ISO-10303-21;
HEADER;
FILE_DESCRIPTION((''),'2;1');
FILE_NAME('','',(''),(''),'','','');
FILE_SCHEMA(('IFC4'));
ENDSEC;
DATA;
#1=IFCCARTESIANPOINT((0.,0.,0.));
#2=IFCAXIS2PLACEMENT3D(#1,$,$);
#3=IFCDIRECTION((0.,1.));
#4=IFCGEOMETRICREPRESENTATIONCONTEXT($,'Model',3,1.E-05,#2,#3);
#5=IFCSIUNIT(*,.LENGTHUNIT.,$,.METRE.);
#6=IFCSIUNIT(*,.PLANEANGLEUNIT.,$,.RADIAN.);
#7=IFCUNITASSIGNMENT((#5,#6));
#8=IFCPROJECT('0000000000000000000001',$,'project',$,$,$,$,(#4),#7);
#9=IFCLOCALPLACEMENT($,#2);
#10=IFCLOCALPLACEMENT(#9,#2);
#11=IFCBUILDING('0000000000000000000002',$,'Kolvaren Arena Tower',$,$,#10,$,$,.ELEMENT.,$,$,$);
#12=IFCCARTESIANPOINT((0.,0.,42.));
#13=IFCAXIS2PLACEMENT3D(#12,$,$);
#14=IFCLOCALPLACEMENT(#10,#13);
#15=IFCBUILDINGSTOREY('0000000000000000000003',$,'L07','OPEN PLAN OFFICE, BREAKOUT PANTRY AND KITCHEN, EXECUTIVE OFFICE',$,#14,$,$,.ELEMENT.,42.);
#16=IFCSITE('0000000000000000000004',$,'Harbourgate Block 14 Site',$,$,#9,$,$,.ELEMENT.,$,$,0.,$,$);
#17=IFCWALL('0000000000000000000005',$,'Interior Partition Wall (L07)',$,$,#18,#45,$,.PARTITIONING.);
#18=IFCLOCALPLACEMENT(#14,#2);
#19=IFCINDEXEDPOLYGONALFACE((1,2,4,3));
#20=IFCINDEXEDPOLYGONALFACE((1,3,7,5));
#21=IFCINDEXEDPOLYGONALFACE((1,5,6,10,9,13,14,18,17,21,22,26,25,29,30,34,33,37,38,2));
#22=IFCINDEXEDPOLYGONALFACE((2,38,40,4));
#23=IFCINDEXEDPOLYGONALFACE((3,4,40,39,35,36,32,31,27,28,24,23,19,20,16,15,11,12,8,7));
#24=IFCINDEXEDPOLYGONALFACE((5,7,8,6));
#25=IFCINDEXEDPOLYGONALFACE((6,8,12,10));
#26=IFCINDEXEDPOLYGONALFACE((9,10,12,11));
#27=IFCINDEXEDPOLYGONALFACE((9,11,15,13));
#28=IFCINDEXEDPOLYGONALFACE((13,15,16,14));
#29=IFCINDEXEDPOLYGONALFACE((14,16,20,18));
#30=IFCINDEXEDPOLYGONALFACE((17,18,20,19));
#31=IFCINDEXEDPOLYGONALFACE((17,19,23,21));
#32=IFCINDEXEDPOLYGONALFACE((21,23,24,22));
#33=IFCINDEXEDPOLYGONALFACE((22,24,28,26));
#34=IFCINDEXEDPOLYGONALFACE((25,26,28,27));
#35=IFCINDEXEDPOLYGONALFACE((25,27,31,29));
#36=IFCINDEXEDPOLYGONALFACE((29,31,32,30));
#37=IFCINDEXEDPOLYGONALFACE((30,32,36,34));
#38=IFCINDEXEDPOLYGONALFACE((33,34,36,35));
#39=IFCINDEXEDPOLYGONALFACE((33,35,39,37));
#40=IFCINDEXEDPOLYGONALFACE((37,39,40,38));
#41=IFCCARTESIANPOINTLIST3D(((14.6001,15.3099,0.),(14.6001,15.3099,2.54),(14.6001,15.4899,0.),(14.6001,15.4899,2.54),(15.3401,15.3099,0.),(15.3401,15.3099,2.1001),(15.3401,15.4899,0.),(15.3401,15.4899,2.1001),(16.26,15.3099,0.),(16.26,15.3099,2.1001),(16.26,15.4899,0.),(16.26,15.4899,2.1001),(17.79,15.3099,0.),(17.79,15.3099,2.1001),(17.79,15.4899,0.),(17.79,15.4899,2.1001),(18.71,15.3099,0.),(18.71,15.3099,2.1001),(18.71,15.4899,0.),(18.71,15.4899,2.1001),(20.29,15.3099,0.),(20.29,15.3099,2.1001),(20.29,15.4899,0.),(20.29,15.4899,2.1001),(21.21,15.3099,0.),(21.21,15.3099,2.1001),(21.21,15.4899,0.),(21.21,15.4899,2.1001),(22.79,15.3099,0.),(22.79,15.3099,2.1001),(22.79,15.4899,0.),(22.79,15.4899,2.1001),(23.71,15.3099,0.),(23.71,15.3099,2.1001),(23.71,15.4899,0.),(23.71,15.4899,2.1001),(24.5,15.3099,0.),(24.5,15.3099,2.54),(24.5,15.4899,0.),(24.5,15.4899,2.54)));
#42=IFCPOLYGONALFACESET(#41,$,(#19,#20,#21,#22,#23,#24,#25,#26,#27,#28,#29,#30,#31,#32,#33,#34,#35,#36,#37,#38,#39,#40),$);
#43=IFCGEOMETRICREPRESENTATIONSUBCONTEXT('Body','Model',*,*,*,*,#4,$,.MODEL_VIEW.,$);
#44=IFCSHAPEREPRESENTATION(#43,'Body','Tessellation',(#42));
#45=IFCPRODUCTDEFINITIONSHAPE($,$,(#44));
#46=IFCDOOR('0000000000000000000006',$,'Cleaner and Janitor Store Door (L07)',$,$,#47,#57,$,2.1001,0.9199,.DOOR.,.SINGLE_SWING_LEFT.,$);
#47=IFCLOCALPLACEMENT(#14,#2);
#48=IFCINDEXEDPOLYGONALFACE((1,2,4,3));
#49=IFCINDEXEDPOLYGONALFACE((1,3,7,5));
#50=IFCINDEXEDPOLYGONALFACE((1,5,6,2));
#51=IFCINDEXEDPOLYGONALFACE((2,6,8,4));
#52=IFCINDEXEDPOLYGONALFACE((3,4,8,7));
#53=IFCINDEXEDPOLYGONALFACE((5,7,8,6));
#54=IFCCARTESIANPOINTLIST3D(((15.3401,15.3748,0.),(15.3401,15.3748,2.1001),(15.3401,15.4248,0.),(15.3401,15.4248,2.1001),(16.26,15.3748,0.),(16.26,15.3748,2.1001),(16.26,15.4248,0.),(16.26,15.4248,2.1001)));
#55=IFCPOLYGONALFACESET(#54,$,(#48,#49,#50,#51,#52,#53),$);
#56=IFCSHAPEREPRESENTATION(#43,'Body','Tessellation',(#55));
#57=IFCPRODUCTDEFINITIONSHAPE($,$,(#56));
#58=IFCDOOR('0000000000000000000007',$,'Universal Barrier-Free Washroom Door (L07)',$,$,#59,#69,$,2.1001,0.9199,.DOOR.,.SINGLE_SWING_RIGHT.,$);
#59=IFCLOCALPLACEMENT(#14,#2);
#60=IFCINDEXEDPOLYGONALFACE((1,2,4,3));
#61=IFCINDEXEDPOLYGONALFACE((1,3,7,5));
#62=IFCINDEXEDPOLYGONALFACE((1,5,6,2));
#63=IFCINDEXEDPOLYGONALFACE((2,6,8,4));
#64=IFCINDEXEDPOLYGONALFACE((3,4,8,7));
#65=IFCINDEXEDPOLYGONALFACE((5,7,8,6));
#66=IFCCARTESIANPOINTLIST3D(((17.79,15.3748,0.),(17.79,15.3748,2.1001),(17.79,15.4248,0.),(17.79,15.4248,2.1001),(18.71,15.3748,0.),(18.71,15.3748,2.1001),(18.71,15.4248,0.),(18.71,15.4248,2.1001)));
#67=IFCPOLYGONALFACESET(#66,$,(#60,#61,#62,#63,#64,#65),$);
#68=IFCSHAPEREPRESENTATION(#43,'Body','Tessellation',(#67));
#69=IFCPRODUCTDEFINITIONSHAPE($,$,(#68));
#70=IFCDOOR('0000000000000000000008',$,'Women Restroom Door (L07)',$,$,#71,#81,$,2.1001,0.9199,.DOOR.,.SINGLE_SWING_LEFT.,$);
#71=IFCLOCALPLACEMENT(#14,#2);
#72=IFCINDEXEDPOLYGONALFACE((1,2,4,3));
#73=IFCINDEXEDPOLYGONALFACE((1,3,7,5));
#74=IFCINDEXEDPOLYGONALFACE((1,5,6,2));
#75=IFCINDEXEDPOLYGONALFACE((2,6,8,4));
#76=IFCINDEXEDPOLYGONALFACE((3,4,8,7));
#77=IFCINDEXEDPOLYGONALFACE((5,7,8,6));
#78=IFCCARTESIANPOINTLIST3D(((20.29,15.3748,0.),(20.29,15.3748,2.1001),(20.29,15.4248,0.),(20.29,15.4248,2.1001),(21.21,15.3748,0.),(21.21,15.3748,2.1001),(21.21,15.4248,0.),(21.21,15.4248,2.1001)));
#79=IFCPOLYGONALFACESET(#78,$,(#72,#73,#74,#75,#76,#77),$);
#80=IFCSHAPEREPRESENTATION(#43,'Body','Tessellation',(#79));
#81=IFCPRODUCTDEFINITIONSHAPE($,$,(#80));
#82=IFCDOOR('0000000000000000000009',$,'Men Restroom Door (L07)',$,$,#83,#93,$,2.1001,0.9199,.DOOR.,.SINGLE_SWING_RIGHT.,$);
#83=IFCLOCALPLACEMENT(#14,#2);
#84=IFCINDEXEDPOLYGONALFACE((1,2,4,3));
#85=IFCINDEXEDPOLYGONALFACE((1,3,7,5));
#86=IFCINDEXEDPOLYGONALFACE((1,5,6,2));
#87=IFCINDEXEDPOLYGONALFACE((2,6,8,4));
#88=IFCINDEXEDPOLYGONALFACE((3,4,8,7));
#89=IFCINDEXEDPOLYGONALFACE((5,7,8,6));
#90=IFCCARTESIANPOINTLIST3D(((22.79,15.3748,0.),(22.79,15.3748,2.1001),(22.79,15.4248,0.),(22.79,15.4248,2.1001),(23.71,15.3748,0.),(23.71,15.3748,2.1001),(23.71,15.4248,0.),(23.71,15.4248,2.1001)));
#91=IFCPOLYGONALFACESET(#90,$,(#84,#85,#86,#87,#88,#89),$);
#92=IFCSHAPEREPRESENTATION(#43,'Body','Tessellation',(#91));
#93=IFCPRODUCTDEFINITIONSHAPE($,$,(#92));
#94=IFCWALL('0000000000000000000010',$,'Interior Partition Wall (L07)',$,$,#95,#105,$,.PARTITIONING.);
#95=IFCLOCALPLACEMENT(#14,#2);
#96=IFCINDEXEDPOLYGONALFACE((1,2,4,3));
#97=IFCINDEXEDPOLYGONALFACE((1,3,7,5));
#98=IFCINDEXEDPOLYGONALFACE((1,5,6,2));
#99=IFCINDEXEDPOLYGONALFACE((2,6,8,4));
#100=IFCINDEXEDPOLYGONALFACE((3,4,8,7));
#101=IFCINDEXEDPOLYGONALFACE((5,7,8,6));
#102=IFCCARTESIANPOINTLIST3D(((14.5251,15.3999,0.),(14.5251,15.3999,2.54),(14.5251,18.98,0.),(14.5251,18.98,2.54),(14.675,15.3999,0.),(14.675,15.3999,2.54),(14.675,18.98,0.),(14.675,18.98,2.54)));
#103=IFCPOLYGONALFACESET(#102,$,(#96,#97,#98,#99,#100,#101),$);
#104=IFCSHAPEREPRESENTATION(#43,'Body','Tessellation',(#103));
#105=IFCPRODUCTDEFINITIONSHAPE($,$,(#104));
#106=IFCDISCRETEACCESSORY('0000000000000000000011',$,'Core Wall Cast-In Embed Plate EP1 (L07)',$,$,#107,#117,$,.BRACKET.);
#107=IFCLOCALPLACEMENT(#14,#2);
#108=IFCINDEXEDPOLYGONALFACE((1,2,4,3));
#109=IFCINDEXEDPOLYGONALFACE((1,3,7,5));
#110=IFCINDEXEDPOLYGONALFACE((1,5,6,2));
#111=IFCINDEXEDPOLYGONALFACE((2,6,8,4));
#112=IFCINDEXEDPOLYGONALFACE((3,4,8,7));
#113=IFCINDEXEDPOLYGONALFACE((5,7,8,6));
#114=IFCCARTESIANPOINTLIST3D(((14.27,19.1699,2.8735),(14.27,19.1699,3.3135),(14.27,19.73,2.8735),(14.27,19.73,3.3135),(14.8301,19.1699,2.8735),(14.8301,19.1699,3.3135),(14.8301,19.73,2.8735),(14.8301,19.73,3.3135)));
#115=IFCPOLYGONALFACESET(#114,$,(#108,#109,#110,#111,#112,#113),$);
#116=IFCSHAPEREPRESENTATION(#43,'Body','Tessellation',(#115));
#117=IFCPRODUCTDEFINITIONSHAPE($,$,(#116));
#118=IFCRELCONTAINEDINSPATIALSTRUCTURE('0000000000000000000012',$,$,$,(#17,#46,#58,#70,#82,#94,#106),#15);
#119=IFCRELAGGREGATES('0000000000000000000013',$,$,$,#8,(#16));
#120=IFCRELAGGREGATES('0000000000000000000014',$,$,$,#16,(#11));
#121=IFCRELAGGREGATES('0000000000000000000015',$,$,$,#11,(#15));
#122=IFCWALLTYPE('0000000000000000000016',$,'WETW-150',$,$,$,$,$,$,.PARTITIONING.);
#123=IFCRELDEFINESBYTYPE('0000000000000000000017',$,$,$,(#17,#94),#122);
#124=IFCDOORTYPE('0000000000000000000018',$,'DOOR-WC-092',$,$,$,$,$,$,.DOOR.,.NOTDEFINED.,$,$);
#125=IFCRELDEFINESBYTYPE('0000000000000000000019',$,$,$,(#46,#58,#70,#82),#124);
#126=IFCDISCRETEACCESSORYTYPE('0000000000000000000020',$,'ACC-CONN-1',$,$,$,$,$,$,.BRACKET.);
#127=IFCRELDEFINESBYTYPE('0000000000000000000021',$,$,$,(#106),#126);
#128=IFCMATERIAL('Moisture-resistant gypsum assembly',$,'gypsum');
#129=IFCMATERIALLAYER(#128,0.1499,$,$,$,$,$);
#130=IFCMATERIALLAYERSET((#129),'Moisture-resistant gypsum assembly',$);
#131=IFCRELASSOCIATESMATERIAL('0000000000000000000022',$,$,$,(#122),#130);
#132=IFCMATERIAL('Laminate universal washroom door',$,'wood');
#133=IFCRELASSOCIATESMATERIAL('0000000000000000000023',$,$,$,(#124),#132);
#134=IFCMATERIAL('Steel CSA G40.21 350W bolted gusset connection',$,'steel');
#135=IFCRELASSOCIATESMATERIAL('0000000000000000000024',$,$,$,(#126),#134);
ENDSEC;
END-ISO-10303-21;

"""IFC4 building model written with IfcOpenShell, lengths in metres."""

from ifc_helpers import new_model, si_unit, direction, frame, frame_2d, origin, origin_2d, place, context, subcontext, project, spatial, rectangle, extrude, material, layer, layer_set, type_object, element, fill, save


model = new_model("IFC4")

# Units and contexts
model_context = context("Model", 3, precision=1e-05, world=origin(), true_north=direction((0.0, 1.0)))
body_context = subcontext(model_context, "Body", "Model", "MODEL_VIEW")
ifc_project = project(units=[si_unit("LENGTHUNIT", "METRE"), si_unit("PLANEANGLEUNIT", "RADIAN")], contexts=[model_context])

# Site, building, storey
site_placement = place(None, origin())
site = spatial("IfcSite", under=ifc_project, at=site_placement, Name="Harbourgate Block 14 Site", CompositionType="ELEMENT", RefElevation=0.0)
building_placement = place(site_placement, origin())
building = spatial("IfcBuilding", under=site, at=building_placement, Name="Kolvaren Arena Tower", CompositionType="ELEMENT")
storey_placement = place(building_placement, frame((0.0, 0.0, 42.0)))
storey = spatial("IfcBuildingStorey", under=building, at=storey_placement, Name="L07", Description="OPEN PLAN OFFICE, BREAKOUT PANTRY AND KITCHEN, EXECUTIVE OFFICE", CompositionType="ELEMENT", Elevation=42.0)

# Wall, openings, doors
ifc_material_1 = material(Name="Moisture-resistant gypsum assembly", Category="gypsum")
ifc_layer_1 = layer(ifc_material_1, 0.1499)
ifc_layer_set_1 = layer_set([ifc_layer_1], Name="Moisture-resistant gypsum assembly")
wall_type_1 = type_object("IfcWallType", Name="WETW-150", PredefinedType="PARTITIONING", material=ifc_layer_set_1)
wall_1_placement = place(storey_placement, frame((14.6001, 15.3999, 0.0), z_axis=(0.0, 0.0, 1.0), x_axis=(1.0, 0.0, 0.0)))
wall_1 = element("IfcWall", 1, at=wall_1_placement, inside=storey, type_object=wall_type_1, Name="Interior Partition Wall (L07)", PredefinedType="PARTITIONING", context=body_context, shape_type="SweptSolid", body=[
    extrude(rectangle(XDim=9.8999, YDim=0.1799, at=frame_2d((4.95, 0.0))), origin(), (0.0, 0.0, 1.0), 2.54),
])
opening_1_placement = place(wall_1_placement, frame((0.74, 0.0, 0.0)))
opening_1 = element("IfcOpeningElement", 2, at=opening_1_placement, cuts=wall_1, PredefinedType="OPENING", context=body_context, shape_type="SweptSolid", body=[
    extrude(rectangle(XDim=0.9199, YDim=2.1001, at=frame_2d((0.46, 1.05))), frame((0.0, 0.0999, 0.0), z_axis=(0.0, -1.0, 0.0), x_axis=(1.0, 0.0, 0.0)), (0.0, 0.0, 1.0), 0.2),
])
opening_2_placement = place(wall_1_placement, frame((3.1899, 0.0, 0.0)))
opening_2 = element("IfcOpeningElement", 3, at=opening_2_placement, cuts=wall_1, PredefinedType="OPENING", context=body_context, shape_type="SweptSolid", body=[
    extrude(rectangle(XDim=0.9199, YDim=2.1001, at=frame_2d((0.46, 1.05))), frame((0.0, 0.0999, 0.0), z_axis=(0.0, -1.0, 0.0), x_axis=(1.0, 0.0, 0.0)), (0.0, 0.0, 1.0), 0.2),
])
opening_3_placement = place(wall_1_placement, frame((5.6899, 0.0, 0.0)))
opening_3 = element("IfcOpeningElement", 4, at=opening_3_placement, cuts=wall_1, PredefinedType="OPENING", context=body_context, shape_type="SweptSolid", body=[
    extrude(rectangle(XDim=0.9199, YDim=2.1001, at=frame_2d((0.46, 1.05))), frame((0.0, 0.0999, 0.0), z_axis=(0.0, -1.0, 0.0), x_axis=(1.0, 0.0, 0.0)), (0.0, 0.0, 1.0), 0.2),
])
opening_4_placement = place(wall_1_placement, frame((8.1899, 0.0, 0.0)))
opening_4 = element("IfcOpeningElement", 5, at=opening_4_placement, cuts=wall_1, PredefinedType="OPENING", context=body_context, shape_type="SweptSolid", body=[
    extrude(rectangle(XDim=0.9199, YDim=2.1001, at=frame_2d((0.46, 1.05))), frame((0.0, 0.0999, 0.0), z_axis=(0.0, -1.0, 0.0), x_axis=(1.0, 0.0, 0.0)), (0.0, 0.0, 1.0), 0.2),
])
ifc_material_2 = material(Name="Laminate universal washroom door", Category="wood")
door_type = type_object("IfcDoorType", Name="DOOR-WC-092", OperationType="NOTDEFINED", PredefinedType="DOOR", material=ifc_material_2)
door_1_placement = place(opening_1_placement, origin())
door_1 = element("IfcDoor", 6, at=door_1_placement, inside=storey, type_object=door_type, Name="Cleaner and Janitor Store Door (L07)", OperationType="SINGLE_SWING_LEFT", OverallHeight=2.1001, OverallWidth=0.9199, PredefinedType="DOOR", context=body_context, shape_type="SweptSolid", body=[
    extrude(rectangle(XDim=0.9199, YDim=2.1001, at=frame_2d((0.46, 1.05))), frame((0.0, 0.0249, 0.0), z_axis=(0.0, -1.0, 0.0), x_axis=(1.0, 0.0, 0.0)), (0.0, 0.0, 1.0), 0.05),
])
fill(opening_1, door_1)
door_2_placement = place(opening_2_placement, origin())
door_2 = element("IfcDoor", 7, at=door_2_placement, inside=storey, type_object=door_type, Name="Universal Barrier-Free Washroom Door (L07)", OperationType="SINGLE_SWING_RIGHT", OverallHeight=2.1001, OverallWidth=0.9199, PredefinedType="DOOR", context=body_context, shape_type="SweptSolid", body=[
    extrude(rectangle(XDim=0.9199, YDim=2.1001, at=frame_2d((0.46, 1.05))), frame((0.0, 0.0249, 0.0), z_axis=(0.0, -1.0, 0.0), x_axis=(1.0, 0.0, 0.0)), (0.0, 0.0, 1.0), 0.05),
])
fill(opening_2, door_2)
door_3_placement = place(opening_3_placement, origin())
door_3 = element("IfcDoor", 8, at=door_3_placement, inside=storey, type_object=door_type, Name="Women Restroom Door (L07)", OperationType="SINGLE_SWING_LEFT", OverallHeight=2.1001, OverallWidth=0.9199, PredefinedType="DOOR", context=body_context, shape_type="SweptSolid", body=[
    extrude(rectangle(XDim=0.9199, YDim=2.1001, at=frame_2d((0.46, 1.05))), frame((0.0, 0.0249, 0.0), z_axis=(0.0, -1.0, 0.0), x_axis=(1.0, 0.0, 0.0)), (0.0, 0.0, 1.0), 0.05),
])
fill(opening_3, door_3)
door_4_placement = place(opening_4_placement, origin())
door_4 = element("IfcDoor", 9, at=door_4_placement, inside=storey, type_object=door_type, Name="Men Restroom Door (L07)", OperationType="SINGLE_SWING_RIGHT", OverallHeight=2.1001, OverallWidth=0.9199, PredefinedType="DOOR", context=body_context, shape_type="SweptSolid", body=[
    extrude(rectangle(XDim=0.9199, YDim=2.1001, at=frame_2d((0.46, 1.05))), frame((0.0, 0.0249, 0.0), z_axis=(0.0, -1.0, 0.0), x_axis=(1.0, 0.0, 0.0)), (0.0, 0.0, 1.0), 0.05),
])
fill(opening_4, door_4)

# Wall
wall_2_placement = place(storey_placement, frame((14.6001, 15.3999, 0.0), z_axis=(0.0, 0.0, 1.0), x_axis=(0.0, 1.0, 0.0)))
element("IfcWall", 10, at=wall_2_placement, inside=storey, type_object=wall_type_1, Name="Interior Partition Wall (L07)", PredefinedType="PARTITIONING", context=body_context, shape_type="SweptSolid", body=[
    extrude(rectangle(XDim=3.5801, YDim=0.1499, at=frame_2d((1.79, 0.0))), origin(), (0.0, 0.0, 1.0), 2.54),
])

# Discrete accessory
ifc_material_3 = material(Name="Steel CSA G40.21 350W bolted gusset connection", Category="steel")
discrete_accessory_type = type_object("IfcDiscreteAccessoryType", Name="ACC-CONN-1", PredefinedType="BRACKET", material=ifc_material_3)
discrete_accessory_placement = place(storey_placement, frame((14.55, 19.45, 2.8735), z_axis=(0.0, 0.0, 1.0), x_axis=(1.0, 0.0, 0.0)))
element("IfcDiscreteAccessory", 11, at=discrete_accessory_placement, inside=storey, type_object=discrete_accessory_type, Name="Core Wall Cast-In Embed Plate EP1 (L07)", PredefinedType="BRACKET", context=body_context, shape_type="SweptSolid", body=[
    extrude(rectangle(XDim=0.5601, YDim=0.5601, at=origin_2d()), origin(), (0.0, 0.0, 1.0), 0.4399),
])

save(model, "model.ifc")
